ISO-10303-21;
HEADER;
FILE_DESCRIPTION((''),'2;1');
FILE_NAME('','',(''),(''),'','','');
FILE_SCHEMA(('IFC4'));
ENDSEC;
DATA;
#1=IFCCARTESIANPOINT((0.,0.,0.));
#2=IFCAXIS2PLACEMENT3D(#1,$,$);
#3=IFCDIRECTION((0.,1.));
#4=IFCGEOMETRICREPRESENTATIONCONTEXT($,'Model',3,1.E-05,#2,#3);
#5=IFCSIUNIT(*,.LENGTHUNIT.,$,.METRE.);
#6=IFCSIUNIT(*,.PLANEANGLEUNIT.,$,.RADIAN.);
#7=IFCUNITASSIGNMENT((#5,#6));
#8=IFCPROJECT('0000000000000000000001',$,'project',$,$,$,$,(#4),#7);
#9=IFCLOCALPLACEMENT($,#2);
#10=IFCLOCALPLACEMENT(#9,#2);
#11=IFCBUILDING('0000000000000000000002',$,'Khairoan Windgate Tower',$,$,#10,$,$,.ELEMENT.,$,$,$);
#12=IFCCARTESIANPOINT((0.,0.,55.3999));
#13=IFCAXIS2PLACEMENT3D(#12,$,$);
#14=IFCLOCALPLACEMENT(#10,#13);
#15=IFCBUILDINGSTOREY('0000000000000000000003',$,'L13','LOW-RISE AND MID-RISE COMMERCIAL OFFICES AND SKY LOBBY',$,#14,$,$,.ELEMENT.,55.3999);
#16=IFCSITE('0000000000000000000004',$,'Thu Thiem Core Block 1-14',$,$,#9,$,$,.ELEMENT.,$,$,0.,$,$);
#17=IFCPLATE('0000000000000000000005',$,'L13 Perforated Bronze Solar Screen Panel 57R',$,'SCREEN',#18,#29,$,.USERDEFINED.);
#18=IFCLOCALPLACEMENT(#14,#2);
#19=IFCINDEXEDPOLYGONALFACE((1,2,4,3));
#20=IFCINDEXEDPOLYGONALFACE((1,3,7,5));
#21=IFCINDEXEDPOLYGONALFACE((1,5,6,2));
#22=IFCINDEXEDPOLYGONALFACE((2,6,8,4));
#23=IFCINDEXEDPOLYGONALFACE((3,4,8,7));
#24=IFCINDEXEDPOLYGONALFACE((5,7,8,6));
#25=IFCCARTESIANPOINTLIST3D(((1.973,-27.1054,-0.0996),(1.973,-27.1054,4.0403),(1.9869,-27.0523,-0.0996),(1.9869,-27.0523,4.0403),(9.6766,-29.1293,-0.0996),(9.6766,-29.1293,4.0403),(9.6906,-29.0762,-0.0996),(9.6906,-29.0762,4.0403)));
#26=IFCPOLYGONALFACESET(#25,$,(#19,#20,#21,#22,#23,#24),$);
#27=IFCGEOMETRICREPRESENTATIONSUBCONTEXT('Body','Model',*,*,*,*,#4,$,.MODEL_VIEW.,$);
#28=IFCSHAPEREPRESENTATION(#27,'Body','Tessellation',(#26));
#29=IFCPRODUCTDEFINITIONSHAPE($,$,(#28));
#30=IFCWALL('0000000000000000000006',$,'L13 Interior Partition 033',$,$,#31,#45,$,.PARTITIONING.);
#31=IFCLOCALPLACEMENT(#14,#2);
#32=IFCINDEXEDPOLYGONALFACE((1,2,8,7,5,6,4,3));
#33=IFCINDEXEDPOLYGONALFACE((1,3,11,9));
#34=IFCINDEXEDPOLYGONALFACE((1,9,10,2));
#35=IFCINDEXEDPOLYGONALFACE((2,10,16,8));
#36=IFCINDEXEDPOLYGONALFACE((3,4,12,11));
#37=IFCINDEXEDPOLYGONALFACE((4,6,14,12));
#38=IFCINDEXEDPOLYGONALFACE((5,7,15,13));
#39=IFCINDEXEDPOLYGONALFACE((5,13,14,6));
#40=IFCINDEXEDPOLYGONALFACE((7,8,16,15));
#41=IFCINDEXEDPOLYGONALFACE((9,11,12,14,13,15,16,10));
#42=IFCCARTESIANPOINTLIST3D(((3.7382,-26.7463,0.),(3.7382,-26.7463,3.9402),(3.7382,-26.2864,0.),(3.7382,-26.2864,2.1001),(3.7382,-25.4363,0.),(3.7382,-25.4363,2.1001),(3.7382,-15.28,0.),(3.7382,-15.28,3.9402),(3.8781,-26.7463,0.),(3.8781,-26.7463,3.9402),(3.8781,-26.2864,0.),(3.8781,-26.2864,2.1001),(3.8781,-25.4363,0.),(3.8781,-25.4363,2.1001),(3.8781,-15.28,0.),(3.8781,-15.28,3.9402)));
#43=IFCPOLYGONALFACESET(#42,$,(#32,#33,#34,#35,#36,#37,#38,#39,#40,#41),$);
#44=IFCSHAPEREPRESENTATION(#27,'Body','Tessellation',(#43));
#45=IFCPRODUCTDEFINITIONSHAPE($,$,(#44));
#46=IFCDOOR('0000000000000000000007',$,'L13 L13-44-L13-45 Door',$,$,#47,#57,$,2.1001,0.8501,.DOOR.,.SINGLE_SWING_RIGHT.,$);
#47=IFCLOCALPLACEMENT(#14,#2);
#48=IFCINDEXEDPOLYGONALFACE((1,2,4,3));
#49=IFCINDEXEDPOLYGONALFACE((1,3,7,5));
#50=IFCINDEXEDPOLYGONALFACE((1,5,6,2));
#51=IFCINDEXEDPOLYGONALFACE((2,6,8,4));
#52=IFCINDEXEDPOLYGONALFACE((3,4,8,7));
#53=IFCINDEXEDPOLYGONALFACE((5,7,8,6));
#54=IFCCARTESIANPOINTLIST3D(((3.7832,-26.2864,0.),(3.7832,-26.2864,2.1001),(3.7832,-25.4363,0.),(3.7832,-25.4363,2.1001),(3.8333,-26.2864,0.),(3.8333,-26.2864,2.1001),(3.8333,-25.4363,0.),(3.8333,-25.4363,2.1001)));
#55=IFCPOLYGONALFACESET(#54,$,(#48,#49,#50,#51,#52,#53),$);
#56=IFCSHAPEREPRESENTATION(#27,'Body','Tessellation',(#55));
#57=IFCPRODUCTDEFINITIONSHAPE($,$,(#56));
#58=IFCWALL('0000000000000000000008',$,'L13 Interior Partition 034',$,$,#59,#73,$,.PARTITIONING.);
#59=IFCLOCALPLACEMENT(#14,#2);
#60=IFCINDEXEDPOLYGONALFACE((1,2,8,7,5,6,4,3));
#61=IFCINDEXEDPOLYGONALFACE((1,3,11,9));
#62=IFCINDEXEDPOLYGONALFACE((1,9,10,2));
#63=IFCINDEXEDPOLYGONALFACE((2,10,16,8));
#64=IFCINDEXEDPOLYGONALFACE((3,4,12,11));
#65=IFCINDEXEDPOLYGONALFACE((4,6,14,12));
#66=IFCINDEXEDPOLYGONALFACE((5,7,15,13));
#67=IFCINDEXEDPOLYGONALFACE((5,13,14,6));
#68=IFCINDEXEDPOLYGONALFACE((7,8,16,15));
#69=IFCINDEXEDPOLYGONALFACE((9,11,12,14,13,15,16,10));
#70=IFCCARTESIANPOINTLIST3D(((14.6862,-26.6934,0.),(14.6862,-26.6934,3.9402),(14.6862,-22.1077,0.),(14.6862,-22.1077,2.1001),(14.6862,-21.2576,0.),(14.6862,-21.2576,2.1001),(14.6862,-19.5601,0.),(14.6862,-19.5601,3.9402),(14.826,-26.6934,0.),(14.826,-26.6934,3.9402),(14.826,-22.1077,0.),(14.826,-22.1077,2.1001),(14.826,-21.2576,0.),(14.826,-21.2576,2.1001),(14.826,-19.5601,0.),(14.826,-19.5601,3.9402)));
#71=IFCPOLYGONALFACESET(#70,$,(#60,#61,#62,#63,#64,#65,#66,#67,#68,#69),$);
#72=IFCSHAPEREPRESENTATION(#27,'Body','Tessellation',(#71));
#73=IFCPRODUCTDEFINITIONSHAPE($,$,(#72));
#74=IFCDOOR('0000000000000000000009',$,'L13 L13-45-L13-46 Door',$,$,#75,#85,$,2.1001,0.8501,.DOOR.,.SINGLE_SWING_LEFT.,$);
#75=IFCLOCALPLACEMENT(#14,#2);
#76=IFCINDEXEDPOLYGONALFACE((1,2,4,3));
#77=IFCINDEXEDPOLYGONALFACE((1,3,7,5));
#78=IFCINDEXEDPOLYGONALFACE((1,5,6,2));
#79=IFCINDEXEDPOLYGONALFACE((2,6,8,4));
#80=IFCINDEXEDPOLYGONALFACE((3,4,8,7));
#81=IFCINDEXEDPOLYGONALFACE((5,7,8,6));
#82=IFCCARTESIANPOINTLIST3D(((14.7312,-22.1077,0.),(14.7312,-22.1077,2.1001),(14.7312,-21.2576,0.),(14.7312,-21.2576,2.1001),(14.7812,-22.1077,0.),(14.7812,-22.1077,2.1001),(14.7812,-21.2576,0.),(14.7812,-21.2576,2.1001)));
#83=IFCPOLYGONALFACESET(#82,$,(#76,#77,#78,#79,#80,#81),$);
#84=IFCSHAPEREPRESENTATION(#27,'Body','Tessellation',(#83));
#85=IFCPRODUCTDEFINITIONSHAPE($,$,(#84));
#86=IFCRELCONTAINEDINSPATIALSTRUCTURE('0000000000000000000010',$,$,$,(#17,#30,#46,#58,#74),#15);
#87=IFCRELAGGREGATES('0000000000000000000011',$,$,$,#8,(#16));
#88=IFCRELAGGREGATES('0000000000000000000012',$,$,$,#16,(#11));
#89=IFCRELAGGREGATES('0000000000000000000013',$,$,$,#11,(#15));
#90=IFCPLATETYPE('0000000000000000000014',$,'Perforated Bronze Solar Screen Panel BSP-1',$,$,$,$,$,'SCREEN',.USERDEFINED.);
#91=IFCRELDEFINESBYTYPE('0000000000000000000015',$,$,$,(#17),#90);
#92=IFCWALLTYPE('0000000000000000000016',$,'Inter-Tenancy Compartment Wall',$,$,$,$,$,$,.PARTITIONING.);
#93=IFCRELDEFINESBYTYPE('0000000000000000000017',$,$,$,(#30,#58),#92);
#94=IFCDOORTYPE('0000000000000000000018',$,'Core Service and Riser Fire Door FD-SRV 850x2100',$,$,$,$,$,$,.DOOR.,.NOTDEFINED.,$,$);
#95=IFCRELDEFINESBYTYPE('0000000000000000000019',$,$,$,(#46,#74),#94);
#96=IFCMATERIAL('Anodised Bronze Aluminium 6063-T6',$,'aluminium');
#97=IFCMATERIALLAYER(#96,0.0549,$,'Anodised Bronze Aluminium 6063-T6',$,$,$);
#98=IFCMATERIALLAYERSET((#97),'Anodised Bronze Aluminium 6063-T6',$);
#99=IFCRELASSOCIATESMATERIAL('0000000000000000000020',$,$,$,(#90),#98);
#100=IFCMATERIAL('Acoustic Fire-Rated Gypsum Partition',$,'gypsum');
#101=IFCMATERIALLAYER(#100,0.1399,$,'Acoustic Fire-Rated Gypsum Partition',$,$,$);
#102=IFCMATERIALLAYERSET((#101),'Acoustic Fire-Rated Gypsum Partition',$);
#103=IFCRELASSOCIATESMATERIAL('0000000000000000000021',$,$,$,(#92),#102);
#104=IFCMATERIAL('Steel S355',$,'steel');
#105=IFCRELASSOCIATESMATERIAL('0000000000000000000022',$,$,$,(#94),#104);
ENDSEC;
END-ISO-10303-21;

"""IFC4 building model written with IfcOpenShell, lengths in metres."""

from ifc_helpers import new_model, si_unit, direction, frame, frame_2d, origin, origin_2d, place, context, subcontext, project, spatial, rectangle, extrude, material, layer, layer_set, type_object, element, fill, save


model = new_model("IFC4")

# Units and contexts
model_context = context("Model", 3, precision=1e-05, world=origin(), true_north=direction((0.0, 1.0)))
body_context = subcontext(model_context, "Body", "Model", "MODEL_VIEW")
ifc_project = project(units=[si_unit("LENGTHUNIT", "METRE"), si_unit("PLANEANGLEUNIT", "RADIAN")], contexts=[model_context])

# Site, building, storey
site_placement = place(None, origin())
site = spatial("IfcSite", under=ifc_project, at=site_placement, Name="Thu Thiem Core Block 1-14", CompositionType="ELEMENT", RefElevation=0.0)
building_placement = place(site_placement, origin())
building = spatial("IfcBuilding", under=site, at=building_placement, Name="Khairoan Windgate Tower", CompositionType="ELEMENT")
storey_placement = place(building_placement, frame((0.0, 0.0, 55.3999)))
storey = spatial("IfcBuildingStorey", under=building, at=storey_placement, Name="L13", Description="LOW-RISE AND MID-RISE COMMERCIAL OFFICES AND SKY LOBBY", CompositionType="ELEMENT", Elevation=55.3999)

# Plate
ifc_material_1 = material(Name="Anodised Bronze Aluminium 6063-T6", Category="aluminium")
ifc_layer_1 = layer(ifc_material_1, 0.0549, Name="Anodised Bronze Aluminium 6063-T6")
ifc_layer_set_1 = layer_set([ifc_layer_1], Name="Anodised Bronze Aluminium 6063-T6")
plate_type = type_object("IfcPlateType", Name="Perforated Bronze Solar Screen Panel BSP-1", ElementType="SCREEN", PredefinedType="USERDEFINED", material=ifc_layer_set_1)
plate_placement = place(storey_placement, frame((5.8318, -28.0908, -0.0996), z_axis=(0.0, 0.0, 1.0), x_axis=(-0.967179, 0.254096, 0.0)))
element("IfcPlate", 1, at=plate_placement, inside=storey, type_object=plate_type, Name="L13 Perforated Bronze Solar Screen Panel 57R", ObjectType="SCREEN", PredefinedType="USERDEFINED", context=body_context, shape_type="SweptSolid", body=[
    extrude(rectangle(XDim=7.9651, YDim=0.0549, at=origin_2d()), origin(), (0.0, 0.0, 1.0), 4.1399),
])

# Walls, openings, doors
ifc_material_2 = material(Name="Acoustic Fire-Rated Gypsum Partition", Category="gypsum")
ifc_layer_2 = layer(ifc_material_2, 0.1399, Name="Acoustic Fire-Rated Gypsum Partition")
ifc_layer_set_2 = layer_set([ifc_layer_2], Name="Acoustic Fire-Rated Gypsum Partition")
wall_type_1 = type_object("IfcWallType", Name="Inter-Tenancy Compartment Wall", PredefinedType="PARTITIONING", material=ifc_layer_set_2)
wall_1_placement = place(storey_placement, frame((3.8081, -26.7463, 0.0), z_axis=(0.0, 0.0, 1.0), x_axis=(0.0, 1.0, 0.0)))
wall_1 = element("IfcWall", 2, at=wall_1_placement, inside=storey, type_object=wall_type_1, Name="L13 Interior Partition 033", PredefinedType="PARTITIONING", context=body_context, shape_type="SweptSolid", body=[
    extrude(rectangle(XDim=11.4663, YDim=0.1399, at=frame_2d((5.7332, 0.0))), origin(), (0.0, 0.0, 1.0), 3.9402),
])
opening_1_placement = place(wall_1_placement, frame((0.46, 0.0, 0.0)))
opening_1 = element("IfcOpeningElement", 3, at=opening_1_placement, cuts=wall_1, PredefinedType="OPENING", context=body_context, shape_type="SweptSolid", body=[
    extrude(rectangle(XDim=0.8501, YDim=2.1001, at=frame_2d((0.425, 1.05))), frame((0.0, 0.0798, 0.0), z_axis=(0.0, -1.0, 0.0), x_axis=(1.0, 0.0, 0.0)), (0.0, 0.0, 1.0), 0.1599),
])
ifc_material_3 = material(Name="Steel S355", Category="steel")
door_type_1 = type_object("IfcDoorType", Name="Core Service and Riser Fire Door FD-SRV 850x2100", OperationType="NOTDEFINED", PredefinedType="DOOR", material=ifc_material_3)
door_1_placement = place(opening_1_placement, origin())
door_1 = element("IfcDoor", 4, at=door_1_placement, inside=storey, type_object=door_type_1, Name="L13 L13-44-L13-45 Door", OperationType="SINGLE_SWING_RIGHT", OverallHeight=2.1001, OverallWidth=0.8501, PredefinedType="DOOR", context=body_context, shape_type="SweptSolid", body=[
    extrude(rectangle(XDim=0.8501, YDim=2.1001, at=frame_2d((0.425, 1.05))), frame((0.0, 0.0249, 0.0), z_axis=(0.0, -1.0, 0.0), x_axis=(1.0, 0.0, 0.0)), (0.0, 0.0, 1.0), 0.05),
])
fill(opening_1, door_1)
wall_2_placement = place(storey_placement, frame((14.7561, -26.6934, 0.0), z_axis=(0.0, 0.0, 1.0), x_axis=(0.0, 1.0, 0.0)))
wall_2 = element("IfcWall", 5, at=wall_2_placement, inside=storey, type_object=wall_type_1, Name="L13 Interior Partition 034", PredefinedType="PARTITIONING", context=body_context, shape_type="SweptSolid", body=[
    extrude(rectangle(XDim=7.1333, YDim=0.1399, at=frame_2d((3.5667, 0.0))), origin(), (0.0, 0.0, 1.0), 3.9402),
])
opening_2_placement = place(wall_2_placement, frame((4.5857, 0.0, 0.0)))
opening_2 = element("IfcOpeningElement", 6, at=opening_2_placement, cuts=wall_2, PredefinedType="OPENING", context=body_context, shape_type="SweptSolid", body=[
    extrude(rectangle(XDim=0.8501, YDim=2.1001, at=frame_2d((0.425, 1.05))), frame((0.0, 0.0798, 0.0), z_axis=(0.0, -1.0, 0.0), x_axis=(1.0, 0.0, 0.0)), (0.0, 0.0, 1.0), 0.1599),
])
door_2_placement = place(opening_2_placement, origin())
door_2 = element("IfcDoor", 7, at=door_2_placement, inside=storey, type_object=door_type_1, Name="L13 L13-45-L13-46 Door", OperationType="SINGLE_SWING_LEFT", OverallHeight=2.1001, OverallWidth=0.8501, PredefinedType="DOOR", context=body_context, shape_type="SweptSolid", body=[
    extrude(rectangle(XDim=0.8501, YDim=2.1001, at=frame_2d((0.425, 1.05))), frame((0.0, 0.0249, 0.0), z_axis=(0.0, -1.0, 0.0), x_axis=(1.0, 0.0, 0.0)), (0.0, 0.0, 1.0), 0.05),
])
fill(opening_2, door_2)

save(model, "model.ifc")
